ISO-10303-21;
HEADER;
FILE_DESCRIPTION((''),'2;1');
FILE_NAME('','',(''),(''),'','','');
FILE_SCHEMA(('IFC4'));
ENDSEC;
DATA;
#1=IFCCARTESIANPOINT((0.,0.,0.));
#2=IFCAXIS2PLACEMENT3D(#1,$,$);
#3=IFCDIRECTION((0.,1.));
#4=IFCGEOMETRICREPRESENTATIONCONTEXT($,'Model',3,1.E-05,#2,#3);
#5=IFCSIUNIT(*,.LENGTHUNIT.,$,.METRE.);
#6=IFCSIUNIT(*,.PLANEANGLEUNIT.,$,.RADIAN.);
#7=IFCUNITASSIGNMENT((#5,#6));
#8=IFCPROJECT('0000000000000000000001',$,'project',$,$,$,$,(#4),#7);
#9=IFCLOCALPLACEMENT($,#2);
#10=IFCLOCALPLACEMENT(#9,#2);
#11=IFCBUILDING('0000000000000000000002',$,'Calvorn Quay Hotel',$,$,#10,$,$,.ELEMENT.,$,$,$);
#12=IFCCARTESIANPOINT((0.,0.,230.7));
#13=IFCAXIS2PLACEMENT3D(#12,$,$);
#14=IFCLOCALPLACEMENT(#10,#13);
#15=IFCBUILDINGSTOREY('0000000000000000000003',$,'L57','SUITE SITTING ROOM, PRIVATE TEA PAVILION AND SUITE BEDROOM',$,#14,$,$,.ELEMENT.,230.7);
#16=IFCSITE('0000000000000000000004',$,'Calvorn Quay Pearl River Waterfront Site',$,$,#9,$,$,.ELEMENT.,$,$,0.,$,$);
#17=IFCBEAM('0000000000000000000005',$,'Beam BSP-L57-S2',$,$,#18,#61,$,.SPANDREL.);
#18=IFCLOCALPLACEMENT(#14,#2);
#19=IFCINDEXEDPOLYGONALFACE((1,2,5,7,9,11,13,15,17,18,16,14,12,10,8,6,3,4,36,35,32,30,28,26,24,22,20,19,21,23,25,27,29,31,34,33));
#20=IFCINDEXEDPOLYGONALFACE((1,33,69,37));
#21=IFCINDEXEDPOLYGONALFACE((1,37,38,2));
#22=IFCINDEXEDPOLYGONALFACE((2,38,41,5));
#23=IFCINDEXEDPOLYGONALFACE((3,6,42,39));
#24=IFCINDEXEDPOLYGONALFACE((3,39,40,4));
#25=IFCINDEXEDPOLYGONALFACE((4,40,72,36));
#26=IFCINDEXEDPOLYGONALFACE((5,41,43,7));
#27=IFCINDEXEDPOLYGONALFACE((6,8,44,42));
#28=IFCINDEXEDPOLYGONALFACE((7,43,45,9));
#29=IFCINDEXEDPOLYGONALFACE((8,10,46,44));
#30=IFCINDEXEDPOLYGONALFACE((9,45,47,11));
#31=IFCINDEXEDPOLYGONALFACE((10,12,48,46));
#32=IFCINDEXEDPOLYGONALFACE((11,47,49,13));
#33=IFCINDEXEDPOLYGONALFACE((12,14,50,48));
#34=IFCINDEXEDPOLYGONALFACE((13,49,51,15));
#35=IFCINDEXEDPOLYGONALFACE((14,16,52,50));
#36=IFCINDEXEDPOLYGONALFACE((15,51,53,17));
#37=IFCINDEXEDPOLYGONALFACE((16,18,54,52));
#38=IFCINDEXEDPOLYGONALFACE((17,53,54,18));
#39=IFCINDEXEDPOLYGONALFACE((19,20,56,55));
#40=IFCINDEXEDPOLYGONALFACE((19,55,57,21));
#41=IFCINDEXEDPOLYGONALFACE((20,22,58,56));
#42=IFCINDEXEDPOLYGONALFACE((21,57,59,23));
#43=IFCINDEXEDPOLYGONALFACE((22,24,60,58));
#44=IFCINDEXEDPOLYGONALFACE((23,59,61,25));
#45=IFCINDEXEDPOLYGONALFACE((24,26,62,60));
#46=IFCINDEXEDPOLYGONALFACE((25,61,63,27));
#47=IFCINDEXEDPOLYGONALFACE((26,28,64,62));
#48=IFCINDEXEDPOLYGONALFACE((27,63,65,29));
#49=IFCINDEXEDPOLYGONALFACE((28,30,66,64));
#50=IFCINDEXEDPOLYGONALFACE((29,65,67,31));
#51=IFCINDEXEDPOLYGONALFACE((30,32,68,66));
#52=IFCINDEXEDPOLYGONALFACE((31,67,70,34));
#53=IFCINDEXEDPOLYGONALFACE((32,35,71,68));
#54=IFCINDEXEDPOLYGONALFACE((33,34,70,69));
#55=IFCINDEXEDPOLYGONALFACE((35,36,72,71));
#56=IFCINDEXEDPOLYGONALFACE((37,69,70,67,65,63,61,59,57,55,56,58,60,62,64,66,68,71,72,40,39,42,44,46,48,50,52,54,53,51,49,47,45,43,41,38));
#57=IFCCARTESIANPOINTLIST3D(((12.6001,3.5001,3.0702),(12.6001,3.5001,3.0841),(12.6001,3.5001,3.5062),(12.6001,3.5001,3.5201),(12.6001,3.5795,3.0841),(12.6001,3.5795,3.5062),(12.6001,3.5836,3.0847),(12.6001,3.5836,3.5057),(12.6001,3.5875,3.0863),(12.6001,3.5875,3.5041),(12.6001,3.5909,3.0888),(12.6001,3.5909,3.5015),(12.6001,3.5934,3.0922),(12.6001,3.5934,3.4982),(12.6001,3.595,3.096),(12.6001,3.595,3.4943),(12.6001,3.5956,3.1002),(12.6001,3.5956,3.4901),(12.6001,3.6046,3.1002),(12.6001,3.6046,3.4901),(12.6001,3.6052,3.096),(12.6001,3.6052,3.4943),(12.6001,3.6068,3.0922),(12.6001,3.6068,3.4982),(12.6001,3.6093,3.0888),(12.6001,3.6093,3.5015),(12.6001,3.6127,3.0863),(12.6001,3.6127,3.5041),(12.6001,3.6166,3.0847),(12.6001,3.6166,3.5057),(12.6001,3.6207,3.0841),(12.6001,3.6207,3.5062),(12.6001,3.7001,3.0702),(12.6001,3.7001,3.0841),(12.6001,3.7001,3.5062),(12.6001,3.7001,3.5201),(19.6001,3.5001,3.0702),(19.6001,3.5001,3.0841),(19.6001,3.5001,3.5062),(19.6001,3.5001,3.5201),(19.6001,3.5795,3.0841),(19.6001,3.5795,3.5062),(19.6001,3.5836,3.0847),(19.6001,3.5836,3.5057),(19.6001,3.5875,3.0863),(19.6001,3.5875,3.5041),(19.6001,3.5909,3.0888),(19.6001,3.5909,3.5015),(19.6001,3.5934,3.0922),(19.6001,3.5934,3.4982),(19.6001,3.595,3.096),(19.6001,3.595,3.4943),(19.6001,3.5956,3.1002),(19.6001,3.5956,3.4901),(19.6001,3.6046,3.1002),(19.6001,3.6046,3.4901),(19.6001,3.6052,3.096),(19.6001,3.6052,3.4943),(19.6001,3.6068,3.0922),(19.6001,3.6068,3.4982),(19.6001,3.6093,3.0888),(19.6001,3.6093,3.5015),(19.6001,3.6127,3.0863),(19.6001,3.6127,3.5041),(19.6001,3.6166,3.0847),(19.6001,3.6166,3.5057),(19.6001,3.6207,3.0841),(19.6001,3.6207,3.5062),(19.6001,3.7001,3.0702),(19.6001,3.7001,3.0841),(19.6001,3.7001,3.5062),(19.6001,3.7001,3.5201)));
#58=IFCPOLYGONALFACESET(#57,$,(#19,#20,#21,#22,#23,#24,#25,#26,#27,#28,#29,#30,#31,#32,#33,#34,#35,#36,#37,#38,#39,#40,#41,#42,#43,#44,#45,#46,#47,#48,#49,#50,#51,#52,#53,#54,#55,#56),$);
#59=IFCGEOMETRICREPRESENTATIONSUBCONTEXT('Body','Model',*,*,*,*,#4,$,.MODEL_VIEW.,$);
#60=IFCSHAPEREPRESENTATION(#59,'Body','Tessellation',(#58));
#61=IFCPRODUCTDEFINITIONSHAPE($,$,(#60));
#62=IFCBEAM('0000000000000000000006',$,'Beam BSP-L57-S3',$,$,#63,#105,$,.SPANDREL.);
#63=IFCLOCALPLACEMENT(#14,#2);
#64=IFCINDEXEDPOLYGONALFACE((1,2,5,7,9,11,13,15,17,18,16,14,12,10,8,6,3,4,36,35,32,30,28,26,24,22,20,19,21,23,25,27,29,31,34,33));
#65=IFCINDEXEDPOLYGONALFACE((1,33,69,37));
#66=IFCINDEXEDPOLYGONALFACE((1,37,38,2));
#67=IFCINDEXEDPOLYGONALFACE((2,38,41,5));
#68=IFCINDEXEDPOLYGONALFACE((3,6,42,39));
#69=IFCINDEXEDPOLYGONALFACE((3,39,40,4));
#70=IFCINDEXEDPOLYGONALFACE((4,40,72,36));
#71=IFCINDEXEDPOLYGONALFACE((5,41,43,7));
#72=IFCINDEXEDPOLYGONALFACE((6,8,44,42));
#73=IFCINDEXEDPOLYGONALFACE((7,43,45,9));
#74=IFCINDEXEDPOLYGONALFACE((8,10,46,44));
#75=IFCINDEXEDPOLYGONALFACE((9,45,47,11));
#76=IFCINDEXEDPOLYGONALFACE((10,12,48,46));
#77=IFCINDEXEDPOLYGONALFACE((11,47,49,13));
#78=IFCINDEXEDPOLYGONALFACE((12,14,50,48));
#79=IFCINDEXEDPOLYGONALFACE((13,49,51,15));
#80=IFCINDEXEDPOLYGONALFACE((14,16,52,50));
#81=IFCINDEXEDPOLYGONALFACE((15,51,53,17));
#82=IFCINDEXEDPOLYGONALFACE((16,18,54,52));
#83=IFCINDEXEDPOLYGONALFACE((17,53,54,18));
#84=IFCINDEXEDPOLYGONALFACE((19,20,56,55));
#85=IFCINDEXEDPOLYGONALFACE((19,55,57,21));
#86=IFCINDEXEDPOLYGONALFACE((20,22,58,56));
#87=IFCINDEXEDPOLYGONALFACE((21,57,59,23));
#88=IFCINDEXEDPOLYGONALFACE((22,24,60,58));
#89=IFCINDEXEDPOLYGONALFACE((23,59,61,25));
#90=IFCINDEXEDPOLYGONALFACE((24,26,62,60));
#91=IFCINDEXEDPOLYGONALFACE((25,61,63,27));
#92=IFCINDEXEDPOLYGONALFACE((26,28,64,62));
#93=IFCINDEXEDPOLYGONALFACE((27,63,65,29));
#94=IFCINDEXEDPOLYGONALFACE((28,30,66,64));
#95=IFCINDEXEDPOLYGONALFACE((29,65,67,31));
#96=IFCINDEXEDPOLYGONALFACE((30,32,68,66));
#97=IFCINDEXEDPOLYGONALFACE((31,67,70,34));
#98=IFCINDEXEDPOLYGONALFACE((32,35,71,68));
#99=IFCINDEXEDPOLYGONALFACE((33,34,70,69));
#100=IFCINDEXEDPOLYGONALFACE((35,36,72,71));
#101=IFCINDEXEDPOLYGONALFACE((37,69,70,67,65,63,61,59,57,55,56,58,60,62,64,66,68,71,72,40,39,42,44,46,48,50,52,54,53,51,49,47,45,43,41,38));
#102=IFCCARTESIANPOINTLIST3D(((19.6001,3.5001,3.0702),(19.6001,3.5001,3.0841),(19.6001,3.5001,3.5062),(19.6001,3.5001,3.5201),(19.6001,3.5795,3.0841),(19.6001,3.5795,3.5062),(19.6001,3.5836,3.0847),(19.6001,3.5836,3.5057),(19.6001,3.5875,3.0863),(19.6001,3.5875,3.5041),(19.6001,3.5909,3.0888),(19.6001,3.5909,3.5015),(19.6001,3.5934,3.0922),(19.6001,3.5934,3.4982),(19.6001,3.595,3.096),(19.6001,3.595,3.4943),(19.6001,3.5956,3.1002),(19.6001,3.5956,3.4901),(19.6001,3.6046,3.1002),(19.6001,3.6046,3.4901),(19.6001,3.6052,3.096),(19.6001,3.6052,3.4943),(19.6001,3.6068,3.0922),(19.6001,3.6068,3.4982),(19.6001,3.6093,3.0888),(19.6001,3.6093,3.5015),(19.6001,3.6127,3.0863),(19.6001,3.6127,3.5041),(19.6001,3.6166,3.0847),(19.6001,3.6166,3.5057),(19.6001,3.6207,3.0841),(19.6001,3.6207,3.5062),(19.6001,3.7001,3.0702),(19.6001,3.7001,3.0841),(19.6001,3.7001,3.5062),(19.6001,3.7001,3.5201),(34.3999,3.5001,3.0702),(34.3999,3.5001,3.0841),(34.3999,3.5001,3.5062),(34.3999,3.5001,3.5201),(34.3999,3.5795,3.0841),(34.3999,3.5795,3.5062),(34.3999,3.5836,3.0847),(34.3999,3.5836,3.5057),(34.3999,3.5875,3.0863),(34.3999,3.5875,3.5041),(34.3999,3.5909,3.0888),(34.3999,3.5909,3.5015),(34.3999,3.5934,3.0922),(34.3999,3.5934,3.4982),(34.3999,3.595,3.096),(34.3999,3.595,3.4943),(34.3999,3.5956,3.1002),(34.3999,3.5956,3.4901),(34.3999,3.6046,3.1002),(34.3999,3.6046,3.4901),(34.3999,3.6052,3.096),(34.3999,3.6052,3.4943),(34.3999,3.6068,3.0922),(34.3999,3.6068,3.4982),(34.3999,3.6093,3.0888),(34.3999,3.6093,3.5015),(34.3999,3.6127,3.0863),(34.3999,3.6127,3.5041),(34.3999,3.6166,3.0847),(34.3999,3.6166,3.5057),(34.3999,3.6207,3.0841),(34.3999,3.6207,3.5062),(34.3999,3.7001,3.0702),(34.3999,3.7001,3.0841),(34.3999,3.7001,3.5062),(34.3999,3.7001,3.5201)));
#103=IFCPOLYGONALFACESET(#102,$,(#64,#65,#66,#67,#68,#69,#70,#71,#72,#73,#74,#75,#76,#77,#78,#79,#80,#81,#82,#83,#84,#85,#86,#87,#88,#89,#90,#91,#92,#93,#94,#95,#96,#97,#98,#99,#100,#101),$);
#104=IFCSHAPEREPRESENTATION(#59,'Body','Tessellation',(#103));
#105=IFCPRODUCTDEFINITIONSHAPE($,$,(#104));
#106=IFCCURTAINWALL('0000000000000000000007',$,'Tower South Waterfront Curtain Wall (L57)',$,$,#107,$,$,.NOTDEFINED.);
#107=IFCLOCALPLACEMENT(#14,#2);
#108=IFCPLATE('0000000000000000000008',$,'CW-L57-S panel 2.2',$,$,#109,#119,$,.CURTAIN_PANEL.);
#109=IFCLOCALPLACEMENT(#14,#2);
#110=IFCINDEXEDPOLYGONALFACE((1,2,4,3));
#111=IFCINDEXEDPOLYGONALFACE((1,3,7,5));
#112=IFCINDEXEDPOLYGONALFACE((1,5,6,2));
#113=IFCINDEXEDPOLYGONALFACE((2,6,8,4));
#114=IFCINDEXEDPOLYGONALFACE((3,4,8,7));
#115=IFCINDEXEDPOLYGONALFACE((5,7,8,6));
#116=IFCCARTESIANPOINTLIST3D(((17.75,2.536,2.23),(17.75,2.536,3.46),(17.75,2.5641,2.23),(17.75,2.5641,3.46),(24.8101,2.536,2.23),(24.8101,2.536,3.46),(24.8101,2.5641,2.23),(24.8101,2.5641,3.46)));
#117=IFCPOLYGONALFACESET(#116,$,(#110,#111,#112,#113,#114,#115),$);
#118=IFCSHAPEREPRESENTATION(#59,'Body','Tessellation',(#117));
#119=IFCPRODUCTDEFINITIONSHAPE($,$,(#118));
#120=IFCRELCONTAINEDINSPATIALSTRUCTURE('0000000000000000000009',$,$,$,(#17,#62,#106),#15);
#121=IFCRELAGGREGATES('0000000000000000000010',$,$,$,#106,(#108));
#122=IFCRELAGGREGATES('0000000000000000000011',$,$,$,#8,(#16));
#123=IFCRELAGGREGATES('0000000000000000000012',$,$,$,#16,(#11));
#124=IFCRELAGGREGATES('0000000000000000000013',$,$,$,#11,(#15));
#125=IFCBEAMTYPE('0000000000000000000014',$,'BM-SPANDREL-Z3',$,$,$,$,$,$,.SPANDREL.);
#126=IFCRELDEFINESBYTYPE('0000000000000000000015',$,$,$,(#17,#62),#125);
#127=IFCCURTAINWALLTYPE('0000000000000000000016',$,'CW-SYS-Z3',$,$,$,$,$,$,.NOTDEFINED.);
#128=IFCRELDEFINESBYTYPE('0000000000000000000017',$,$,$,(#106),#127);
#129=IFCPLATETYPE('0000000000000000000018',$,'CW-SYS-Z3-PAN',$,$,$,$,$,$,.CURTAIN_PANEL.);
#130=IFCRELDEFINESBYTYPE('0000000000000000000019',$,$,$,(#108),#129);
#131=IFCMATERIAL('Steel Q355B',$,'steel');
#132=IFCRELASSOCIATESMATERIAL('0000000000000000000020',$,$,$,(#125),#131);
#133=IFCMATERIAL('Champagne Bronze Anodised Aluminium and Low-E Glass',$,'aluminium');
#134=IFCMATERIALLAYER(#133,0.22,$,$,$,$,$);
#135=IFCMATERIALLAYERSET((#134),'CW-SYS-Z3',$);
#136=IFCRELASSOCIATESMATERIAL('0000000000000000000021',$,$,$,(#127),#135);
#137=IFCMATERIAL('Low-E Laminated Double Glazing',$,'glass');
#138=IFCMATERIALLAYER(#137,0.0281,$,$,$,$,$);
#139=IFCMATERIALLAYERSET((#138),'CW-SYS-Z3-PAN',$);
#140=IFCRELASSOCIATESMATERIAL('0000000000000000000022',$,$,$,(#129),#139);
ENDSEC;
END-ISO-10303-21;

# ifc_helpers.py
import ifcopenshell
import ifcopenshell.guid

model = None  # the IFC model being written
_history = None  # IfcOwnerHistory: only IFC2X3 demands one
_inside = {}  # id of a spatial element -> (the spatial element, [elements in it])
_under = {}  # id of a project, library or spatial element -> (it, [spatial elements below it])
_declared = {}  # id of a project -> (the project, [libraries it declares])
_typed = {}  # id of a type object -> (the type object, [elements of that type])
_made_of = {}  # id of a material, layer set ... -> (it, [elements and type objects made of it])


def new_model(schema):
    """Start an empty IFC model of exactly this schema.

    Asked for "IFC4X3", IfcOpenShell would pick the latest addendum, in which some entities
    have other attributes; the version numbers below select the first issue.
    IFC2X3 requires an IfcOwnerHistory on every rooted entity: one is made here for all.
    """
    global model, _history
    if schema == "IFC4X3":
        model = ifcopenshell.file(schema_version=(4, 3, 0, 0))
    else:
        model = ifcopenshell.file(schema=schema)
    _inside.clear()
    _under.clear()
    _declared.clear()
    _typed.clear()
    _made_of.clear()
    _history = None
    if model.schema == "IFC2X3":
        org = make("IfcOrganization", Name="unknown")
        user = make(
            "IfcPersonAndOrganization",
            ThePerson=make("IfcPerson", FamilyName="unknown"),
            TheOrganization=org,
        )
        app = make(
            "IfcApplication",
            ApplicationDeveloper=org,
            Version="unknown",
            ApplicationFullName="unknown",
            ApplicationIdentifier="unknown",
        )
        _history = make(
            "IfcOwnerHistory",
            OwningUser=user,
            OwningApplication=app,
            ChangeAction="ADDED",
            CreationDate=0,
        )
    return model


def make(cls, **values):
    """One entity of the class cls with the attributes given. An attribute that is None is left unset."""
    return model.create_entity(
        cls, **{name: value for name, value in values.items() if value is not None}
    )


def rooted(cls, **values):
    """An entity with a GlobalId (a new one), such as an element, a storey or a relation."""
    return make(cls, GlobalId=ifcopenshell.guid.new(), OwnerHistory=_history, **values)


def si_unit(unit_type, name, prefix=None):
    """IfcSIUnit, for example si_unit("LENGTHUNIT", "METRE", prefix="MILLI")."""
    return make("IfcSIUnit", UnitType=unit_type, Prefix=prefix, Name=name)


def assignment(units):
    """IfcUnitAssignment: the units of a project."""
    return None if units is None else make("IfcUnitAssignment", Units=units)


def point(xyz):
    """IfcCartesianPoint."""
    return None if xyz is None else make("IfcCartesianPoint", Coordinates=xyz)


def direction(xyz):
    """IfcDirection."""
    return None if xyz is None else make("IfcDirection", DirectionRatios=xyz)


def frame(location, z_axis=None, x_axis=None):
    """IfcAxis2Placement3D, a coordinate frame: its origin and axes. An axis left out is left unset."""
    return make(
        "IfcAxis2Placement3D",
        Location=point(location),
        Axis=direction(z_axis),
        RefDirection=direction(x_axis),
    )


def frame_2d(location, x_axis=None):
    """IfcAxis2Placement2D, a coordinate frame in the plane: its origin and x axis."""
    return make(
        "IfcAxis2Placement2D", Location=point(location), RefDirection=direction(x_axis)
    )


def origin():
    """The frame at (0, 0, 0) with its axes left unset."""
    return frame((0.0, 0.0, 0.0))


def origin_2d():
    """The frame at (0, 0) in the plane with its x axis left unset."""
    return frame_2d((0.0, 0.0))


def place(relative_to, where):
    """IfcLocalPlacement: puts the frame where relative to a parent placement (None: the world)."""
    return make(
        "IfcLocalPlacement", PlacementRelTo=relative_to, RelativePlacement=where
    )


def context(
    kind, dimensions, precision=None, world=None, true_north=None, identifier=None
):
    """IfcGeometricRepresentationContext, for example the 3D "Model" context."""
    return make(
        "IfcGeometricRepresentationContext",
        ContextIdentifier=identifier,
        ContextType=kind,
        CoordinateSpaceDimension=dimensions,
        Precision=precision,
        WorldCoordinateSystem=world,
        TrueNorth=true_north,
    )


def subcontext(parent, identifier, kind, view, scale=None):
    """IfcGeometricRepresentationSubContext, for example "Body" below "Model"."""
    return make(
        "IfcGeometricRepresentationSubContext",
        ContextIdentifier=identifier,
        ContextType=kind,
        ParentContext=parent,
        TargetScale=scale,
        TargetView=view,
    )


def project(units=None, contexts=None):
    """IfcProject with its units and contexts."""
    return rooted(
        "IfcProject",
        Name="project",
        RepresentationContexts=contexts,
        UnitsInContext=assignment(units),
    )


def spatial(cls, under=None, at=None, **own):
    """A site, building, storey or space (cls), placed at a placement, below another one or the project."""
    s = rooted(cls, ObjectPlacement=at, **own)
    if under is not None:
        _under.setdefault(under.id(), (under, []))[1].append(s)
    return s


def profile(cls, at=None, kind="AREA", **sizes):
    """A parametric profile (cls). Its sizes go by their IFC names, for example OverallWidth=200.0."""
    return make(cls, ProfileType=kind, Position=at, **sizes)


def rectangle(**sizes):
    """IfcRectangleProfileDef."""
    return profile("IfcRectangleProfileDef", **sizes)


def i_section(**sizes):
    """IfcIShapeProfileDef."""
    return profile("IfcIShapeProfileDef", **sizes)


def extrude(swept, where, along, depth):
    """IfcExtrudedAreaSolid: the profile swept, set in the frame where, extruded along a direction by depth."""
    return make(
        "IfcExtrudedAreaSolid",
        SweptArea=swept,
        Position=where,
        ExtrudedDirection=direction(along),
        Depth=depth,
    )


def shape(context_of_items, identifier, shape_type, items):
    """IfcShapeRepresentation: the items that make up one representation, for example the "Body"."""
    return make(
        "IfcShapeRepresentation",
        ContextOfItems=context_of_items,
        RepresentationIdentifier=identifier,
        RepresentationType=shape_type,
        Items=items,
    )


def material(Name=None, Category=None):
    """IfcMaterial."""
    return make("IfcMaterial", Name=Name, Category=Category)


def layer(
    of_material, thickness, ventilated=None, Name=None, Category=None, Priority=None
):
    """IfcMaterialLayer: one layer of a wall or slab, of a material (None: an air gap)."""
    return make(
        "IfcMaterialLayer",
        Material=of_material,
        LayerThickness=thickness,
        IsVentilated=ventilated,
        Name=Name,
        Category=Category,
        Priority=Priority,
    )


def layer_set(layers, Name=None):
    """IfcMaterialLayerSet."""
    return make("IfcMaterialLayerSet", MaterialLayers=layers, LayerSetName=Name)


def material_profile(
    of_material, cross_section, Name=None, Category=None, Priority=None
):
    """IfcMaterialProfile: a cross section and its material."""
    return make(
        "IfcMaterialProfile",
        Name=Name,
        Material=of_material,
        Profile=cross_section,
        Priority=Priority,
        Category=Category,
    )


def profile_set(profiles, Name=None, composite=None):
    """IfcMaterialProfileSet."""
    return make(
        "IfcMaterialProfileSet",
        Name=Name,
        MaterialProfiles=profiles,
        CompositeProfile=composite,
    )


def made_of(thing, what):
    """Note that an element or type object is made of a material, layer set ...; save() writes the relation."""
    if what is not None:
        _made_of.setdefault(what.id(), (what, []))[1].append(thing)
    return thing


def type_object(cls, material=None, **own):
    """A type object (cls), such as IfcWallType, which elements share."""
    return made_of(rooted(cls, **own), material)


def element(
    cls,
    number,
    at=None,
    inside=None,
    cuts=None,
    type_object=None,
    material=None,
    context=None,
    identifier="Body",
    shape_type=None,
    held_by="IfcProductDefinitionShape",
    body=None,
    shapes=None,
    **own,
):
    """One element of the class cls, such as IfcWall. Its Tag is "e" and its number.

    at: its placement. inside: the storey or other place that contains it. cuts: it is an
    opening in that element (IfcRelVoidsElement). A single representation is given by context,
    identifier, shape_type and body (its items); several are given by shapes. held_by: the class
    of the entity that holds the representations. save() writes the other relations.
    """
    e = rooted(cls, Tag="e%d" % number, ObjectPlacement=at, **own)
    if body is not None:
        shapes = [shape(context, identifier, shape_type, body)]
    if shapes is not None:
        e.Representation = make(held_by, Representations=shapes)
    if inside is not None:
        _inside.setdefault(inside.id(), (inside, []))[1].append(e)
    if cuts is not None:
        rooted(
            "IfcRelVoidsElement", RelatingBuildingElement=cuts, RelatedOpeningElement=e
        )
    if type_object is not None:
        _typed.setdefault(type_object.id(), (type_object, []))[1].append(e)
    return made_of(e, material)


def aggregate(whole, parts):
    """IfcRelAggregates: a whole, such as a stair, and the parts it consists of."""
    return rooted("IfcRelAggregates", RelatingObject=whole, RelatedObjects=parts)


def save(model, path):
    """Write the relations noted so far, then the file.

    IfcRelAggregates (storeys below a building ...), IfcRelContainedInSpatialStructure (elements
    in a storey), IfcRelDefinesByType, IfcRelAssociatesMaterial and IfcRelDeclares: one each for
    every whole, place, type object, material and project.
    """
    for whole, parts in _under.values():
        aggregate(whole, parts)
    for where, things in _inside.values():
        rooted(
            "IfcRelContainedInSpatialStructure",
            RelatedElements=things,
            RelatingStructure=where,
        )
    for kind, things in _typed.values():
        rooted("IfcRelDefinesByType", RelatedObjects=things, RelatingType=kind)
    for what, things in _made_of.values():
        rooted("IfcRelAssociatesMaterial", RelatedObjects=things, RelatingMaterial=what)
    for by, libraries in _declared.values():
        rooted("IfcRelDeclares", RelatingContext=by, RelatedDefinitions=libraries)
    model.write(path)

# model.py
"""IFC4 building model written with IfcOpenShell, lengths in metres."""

from ifc_helpers import new_model, si_unit, direction, frame, origin, origin_2d, place, context, subcontext, project, spatial, rectangle, i_section, extrude, material, layer, layer_set, material_profile, profile_set, type_object, element, aggregate, save


model = new_model("IFC4")

# Units and contexts
model_context = context("Model", 3, precision=1e-05, world=origin(), true_north=direction((0.0, 1.0)))
body_context = subcontext(model_context, "Body", "Model", "MODEL_VIEW")
ifc_project = project(units=[si_unit("LENGTHUNIT", "METRE"), si_unit("PLANEANGLEUNIT", "RADIAN")], contexts=[model_context])

# Site, building, storey
site_placement = place(None, origin())
site = spatial("IfcSite", under=ifc_project, at=site_placement, Name="Calvorn Quay Pearl River Waterfront Site", CompositionType="ELEMENT", RefElevation=0.0)
building_placement = place(site_placement, origin())
building = spatial("IfcBuilding", under=site, at=building_placement, Name="Calvorn Quay Hotel", CompositionType="ELEMENT")
storey_placement = place(building_placement, frame((0.0, 0.0, 230.7)))
storey = spatial("IfcBuildingStorey", under=building, at=storey_placement, Name="L57", Description="SUITE SITTING ROOM, PRIVATE TEA PAVILION AND SUITE BEDROOM", CompositionType="ELEMENT", Elevation=230.7)

# Beams
ifc_material_1 = material(Name="Steel Q355B", Category="steel")
ifc_material_profile_1 = material_profile(ifc_material_1, i_section(OverallWidth=0.2, OverallDepth=0.45, WebThickness=0.009, FlangeThickness=0.0139, FilletRadius=0.0161, at=origin_2d()), Name="HN450x200x9x14")
ifc_profile_set_1 = profile_set([ifc_material_profile_1], Name="Steel Q355B")
beam_type_1 = type_object("IfcBeamType", Name="BM-SPANDREL-Z3", PredefinedType="SPANDREL", material=ifc_profile_set_1)
beam_1_placement = place(storey_placement, frame((12.6001, 3.6001, 3.2952), z_axis=(1.0, 0.0, 0.0), x_axis=(0.0, 1.0, 0.0)))
element("IfcBeam", 1, at=beam_1_placement, inside=storey, type_object=beam_type_1, Name="Beam BSP-L57-S2", PredefinedType="SPANDREL", context=body_context, shape_type="SweptSolid", body=[
    extrude(i_section(OverallWidth=0.2, OverallDepth=0.45, WebThickness=0.009, FlangeThickness=0.0139, FilletRadius=0.0161, at=origin_2d()), origin(), (0.0, 0.0, 1.0), 7.0),
])
beam_2_placement = place(storey_placement, frame((19.6001, 3.6001, 3.2952), z_axis=(1.0, 0.0, 0.0), x_axis=(0.0, 1.0, 0.0)))
element("IfcBeam", 2, at=beam_2_placement, inside=storey, type_object=beam_type_1, Name="Beam BSP-L57-S3", PredefinedType="SPANDREL", context=body_context, shape_type="SweptSolid", body=[
    extrude(i_section(OverallWidth=0.2, OverallDepth=0.45, WebThickness=0.009, FlangeThickness=0.0139, FilletRadius=0.0161, at=origin_2d()), origin(), (0.0, 0.0, 1.0), 14.7998),
])

# Curtain wall, plate
ifc_material_2 = material(Name="Champagne Bronze Anodised Aluminium and Low-E Glass", Category="aluminium")
ifc_layer_1 = layer(ifc_material_2, 0.22)
ifc_layer_set_1 = layer_set([ifc_layer_1], Name="CW-SYS-Z3")
curtain_wall_type = type_object("IfcCurtainWallType", Name="CW-SYS-Z3", PredefinedType="NOTDEFINED", material=ifc_layer_set_1)
curtain_wall_placement = place(storey_placement, origin())
curtain_wall = element("IfcCurtainWall", 3, at=curtain_wall_placement, inside=storey, type_object=curtain_wall_type, Name="Tower South Waterfront Curtain Wall (L57)", PredefinedType="NOTDEFINED")
ifc_material_3 = material(Name="Low-E Laminated Double Glazing", Category="glass")
ifc_layer_2 = layer(ifc_material_3, 0.0281)
ifc_layer_set_2 = layer_set([ifc_layer_2], Name="CW-SYS-Z3-PAN")
plate_type = type_object("IfcPlateType", Name="CW-SYS-Z3-PAN", PredefinedType="CURTAIN_PANEL", material=ifc_layer_set_2)
plate_placement = place(storey_placement, frame((21.28, 2.55, 2.23), z_axis=(0.0, 0.0, 1.0), x_axis=(1.0, 0.0, 0.0)))
plate = element("IfcPlate", 4, at=plate_placement, type_object=plate_type, Name="CW-L57-S panel 2.2", PredefinedType="CURTAIN_PANEL", context=body_context, shape_type="SweptSolid", body=[
    extrude(rectangle(XDim=7.0601, YDim=0.0281, at=origin_2d()), origin(), (0.0, 0.0, 1.0), 1.23),
])
aggregate(curtain_wall, [plate])

save(model, "model.ifc")
